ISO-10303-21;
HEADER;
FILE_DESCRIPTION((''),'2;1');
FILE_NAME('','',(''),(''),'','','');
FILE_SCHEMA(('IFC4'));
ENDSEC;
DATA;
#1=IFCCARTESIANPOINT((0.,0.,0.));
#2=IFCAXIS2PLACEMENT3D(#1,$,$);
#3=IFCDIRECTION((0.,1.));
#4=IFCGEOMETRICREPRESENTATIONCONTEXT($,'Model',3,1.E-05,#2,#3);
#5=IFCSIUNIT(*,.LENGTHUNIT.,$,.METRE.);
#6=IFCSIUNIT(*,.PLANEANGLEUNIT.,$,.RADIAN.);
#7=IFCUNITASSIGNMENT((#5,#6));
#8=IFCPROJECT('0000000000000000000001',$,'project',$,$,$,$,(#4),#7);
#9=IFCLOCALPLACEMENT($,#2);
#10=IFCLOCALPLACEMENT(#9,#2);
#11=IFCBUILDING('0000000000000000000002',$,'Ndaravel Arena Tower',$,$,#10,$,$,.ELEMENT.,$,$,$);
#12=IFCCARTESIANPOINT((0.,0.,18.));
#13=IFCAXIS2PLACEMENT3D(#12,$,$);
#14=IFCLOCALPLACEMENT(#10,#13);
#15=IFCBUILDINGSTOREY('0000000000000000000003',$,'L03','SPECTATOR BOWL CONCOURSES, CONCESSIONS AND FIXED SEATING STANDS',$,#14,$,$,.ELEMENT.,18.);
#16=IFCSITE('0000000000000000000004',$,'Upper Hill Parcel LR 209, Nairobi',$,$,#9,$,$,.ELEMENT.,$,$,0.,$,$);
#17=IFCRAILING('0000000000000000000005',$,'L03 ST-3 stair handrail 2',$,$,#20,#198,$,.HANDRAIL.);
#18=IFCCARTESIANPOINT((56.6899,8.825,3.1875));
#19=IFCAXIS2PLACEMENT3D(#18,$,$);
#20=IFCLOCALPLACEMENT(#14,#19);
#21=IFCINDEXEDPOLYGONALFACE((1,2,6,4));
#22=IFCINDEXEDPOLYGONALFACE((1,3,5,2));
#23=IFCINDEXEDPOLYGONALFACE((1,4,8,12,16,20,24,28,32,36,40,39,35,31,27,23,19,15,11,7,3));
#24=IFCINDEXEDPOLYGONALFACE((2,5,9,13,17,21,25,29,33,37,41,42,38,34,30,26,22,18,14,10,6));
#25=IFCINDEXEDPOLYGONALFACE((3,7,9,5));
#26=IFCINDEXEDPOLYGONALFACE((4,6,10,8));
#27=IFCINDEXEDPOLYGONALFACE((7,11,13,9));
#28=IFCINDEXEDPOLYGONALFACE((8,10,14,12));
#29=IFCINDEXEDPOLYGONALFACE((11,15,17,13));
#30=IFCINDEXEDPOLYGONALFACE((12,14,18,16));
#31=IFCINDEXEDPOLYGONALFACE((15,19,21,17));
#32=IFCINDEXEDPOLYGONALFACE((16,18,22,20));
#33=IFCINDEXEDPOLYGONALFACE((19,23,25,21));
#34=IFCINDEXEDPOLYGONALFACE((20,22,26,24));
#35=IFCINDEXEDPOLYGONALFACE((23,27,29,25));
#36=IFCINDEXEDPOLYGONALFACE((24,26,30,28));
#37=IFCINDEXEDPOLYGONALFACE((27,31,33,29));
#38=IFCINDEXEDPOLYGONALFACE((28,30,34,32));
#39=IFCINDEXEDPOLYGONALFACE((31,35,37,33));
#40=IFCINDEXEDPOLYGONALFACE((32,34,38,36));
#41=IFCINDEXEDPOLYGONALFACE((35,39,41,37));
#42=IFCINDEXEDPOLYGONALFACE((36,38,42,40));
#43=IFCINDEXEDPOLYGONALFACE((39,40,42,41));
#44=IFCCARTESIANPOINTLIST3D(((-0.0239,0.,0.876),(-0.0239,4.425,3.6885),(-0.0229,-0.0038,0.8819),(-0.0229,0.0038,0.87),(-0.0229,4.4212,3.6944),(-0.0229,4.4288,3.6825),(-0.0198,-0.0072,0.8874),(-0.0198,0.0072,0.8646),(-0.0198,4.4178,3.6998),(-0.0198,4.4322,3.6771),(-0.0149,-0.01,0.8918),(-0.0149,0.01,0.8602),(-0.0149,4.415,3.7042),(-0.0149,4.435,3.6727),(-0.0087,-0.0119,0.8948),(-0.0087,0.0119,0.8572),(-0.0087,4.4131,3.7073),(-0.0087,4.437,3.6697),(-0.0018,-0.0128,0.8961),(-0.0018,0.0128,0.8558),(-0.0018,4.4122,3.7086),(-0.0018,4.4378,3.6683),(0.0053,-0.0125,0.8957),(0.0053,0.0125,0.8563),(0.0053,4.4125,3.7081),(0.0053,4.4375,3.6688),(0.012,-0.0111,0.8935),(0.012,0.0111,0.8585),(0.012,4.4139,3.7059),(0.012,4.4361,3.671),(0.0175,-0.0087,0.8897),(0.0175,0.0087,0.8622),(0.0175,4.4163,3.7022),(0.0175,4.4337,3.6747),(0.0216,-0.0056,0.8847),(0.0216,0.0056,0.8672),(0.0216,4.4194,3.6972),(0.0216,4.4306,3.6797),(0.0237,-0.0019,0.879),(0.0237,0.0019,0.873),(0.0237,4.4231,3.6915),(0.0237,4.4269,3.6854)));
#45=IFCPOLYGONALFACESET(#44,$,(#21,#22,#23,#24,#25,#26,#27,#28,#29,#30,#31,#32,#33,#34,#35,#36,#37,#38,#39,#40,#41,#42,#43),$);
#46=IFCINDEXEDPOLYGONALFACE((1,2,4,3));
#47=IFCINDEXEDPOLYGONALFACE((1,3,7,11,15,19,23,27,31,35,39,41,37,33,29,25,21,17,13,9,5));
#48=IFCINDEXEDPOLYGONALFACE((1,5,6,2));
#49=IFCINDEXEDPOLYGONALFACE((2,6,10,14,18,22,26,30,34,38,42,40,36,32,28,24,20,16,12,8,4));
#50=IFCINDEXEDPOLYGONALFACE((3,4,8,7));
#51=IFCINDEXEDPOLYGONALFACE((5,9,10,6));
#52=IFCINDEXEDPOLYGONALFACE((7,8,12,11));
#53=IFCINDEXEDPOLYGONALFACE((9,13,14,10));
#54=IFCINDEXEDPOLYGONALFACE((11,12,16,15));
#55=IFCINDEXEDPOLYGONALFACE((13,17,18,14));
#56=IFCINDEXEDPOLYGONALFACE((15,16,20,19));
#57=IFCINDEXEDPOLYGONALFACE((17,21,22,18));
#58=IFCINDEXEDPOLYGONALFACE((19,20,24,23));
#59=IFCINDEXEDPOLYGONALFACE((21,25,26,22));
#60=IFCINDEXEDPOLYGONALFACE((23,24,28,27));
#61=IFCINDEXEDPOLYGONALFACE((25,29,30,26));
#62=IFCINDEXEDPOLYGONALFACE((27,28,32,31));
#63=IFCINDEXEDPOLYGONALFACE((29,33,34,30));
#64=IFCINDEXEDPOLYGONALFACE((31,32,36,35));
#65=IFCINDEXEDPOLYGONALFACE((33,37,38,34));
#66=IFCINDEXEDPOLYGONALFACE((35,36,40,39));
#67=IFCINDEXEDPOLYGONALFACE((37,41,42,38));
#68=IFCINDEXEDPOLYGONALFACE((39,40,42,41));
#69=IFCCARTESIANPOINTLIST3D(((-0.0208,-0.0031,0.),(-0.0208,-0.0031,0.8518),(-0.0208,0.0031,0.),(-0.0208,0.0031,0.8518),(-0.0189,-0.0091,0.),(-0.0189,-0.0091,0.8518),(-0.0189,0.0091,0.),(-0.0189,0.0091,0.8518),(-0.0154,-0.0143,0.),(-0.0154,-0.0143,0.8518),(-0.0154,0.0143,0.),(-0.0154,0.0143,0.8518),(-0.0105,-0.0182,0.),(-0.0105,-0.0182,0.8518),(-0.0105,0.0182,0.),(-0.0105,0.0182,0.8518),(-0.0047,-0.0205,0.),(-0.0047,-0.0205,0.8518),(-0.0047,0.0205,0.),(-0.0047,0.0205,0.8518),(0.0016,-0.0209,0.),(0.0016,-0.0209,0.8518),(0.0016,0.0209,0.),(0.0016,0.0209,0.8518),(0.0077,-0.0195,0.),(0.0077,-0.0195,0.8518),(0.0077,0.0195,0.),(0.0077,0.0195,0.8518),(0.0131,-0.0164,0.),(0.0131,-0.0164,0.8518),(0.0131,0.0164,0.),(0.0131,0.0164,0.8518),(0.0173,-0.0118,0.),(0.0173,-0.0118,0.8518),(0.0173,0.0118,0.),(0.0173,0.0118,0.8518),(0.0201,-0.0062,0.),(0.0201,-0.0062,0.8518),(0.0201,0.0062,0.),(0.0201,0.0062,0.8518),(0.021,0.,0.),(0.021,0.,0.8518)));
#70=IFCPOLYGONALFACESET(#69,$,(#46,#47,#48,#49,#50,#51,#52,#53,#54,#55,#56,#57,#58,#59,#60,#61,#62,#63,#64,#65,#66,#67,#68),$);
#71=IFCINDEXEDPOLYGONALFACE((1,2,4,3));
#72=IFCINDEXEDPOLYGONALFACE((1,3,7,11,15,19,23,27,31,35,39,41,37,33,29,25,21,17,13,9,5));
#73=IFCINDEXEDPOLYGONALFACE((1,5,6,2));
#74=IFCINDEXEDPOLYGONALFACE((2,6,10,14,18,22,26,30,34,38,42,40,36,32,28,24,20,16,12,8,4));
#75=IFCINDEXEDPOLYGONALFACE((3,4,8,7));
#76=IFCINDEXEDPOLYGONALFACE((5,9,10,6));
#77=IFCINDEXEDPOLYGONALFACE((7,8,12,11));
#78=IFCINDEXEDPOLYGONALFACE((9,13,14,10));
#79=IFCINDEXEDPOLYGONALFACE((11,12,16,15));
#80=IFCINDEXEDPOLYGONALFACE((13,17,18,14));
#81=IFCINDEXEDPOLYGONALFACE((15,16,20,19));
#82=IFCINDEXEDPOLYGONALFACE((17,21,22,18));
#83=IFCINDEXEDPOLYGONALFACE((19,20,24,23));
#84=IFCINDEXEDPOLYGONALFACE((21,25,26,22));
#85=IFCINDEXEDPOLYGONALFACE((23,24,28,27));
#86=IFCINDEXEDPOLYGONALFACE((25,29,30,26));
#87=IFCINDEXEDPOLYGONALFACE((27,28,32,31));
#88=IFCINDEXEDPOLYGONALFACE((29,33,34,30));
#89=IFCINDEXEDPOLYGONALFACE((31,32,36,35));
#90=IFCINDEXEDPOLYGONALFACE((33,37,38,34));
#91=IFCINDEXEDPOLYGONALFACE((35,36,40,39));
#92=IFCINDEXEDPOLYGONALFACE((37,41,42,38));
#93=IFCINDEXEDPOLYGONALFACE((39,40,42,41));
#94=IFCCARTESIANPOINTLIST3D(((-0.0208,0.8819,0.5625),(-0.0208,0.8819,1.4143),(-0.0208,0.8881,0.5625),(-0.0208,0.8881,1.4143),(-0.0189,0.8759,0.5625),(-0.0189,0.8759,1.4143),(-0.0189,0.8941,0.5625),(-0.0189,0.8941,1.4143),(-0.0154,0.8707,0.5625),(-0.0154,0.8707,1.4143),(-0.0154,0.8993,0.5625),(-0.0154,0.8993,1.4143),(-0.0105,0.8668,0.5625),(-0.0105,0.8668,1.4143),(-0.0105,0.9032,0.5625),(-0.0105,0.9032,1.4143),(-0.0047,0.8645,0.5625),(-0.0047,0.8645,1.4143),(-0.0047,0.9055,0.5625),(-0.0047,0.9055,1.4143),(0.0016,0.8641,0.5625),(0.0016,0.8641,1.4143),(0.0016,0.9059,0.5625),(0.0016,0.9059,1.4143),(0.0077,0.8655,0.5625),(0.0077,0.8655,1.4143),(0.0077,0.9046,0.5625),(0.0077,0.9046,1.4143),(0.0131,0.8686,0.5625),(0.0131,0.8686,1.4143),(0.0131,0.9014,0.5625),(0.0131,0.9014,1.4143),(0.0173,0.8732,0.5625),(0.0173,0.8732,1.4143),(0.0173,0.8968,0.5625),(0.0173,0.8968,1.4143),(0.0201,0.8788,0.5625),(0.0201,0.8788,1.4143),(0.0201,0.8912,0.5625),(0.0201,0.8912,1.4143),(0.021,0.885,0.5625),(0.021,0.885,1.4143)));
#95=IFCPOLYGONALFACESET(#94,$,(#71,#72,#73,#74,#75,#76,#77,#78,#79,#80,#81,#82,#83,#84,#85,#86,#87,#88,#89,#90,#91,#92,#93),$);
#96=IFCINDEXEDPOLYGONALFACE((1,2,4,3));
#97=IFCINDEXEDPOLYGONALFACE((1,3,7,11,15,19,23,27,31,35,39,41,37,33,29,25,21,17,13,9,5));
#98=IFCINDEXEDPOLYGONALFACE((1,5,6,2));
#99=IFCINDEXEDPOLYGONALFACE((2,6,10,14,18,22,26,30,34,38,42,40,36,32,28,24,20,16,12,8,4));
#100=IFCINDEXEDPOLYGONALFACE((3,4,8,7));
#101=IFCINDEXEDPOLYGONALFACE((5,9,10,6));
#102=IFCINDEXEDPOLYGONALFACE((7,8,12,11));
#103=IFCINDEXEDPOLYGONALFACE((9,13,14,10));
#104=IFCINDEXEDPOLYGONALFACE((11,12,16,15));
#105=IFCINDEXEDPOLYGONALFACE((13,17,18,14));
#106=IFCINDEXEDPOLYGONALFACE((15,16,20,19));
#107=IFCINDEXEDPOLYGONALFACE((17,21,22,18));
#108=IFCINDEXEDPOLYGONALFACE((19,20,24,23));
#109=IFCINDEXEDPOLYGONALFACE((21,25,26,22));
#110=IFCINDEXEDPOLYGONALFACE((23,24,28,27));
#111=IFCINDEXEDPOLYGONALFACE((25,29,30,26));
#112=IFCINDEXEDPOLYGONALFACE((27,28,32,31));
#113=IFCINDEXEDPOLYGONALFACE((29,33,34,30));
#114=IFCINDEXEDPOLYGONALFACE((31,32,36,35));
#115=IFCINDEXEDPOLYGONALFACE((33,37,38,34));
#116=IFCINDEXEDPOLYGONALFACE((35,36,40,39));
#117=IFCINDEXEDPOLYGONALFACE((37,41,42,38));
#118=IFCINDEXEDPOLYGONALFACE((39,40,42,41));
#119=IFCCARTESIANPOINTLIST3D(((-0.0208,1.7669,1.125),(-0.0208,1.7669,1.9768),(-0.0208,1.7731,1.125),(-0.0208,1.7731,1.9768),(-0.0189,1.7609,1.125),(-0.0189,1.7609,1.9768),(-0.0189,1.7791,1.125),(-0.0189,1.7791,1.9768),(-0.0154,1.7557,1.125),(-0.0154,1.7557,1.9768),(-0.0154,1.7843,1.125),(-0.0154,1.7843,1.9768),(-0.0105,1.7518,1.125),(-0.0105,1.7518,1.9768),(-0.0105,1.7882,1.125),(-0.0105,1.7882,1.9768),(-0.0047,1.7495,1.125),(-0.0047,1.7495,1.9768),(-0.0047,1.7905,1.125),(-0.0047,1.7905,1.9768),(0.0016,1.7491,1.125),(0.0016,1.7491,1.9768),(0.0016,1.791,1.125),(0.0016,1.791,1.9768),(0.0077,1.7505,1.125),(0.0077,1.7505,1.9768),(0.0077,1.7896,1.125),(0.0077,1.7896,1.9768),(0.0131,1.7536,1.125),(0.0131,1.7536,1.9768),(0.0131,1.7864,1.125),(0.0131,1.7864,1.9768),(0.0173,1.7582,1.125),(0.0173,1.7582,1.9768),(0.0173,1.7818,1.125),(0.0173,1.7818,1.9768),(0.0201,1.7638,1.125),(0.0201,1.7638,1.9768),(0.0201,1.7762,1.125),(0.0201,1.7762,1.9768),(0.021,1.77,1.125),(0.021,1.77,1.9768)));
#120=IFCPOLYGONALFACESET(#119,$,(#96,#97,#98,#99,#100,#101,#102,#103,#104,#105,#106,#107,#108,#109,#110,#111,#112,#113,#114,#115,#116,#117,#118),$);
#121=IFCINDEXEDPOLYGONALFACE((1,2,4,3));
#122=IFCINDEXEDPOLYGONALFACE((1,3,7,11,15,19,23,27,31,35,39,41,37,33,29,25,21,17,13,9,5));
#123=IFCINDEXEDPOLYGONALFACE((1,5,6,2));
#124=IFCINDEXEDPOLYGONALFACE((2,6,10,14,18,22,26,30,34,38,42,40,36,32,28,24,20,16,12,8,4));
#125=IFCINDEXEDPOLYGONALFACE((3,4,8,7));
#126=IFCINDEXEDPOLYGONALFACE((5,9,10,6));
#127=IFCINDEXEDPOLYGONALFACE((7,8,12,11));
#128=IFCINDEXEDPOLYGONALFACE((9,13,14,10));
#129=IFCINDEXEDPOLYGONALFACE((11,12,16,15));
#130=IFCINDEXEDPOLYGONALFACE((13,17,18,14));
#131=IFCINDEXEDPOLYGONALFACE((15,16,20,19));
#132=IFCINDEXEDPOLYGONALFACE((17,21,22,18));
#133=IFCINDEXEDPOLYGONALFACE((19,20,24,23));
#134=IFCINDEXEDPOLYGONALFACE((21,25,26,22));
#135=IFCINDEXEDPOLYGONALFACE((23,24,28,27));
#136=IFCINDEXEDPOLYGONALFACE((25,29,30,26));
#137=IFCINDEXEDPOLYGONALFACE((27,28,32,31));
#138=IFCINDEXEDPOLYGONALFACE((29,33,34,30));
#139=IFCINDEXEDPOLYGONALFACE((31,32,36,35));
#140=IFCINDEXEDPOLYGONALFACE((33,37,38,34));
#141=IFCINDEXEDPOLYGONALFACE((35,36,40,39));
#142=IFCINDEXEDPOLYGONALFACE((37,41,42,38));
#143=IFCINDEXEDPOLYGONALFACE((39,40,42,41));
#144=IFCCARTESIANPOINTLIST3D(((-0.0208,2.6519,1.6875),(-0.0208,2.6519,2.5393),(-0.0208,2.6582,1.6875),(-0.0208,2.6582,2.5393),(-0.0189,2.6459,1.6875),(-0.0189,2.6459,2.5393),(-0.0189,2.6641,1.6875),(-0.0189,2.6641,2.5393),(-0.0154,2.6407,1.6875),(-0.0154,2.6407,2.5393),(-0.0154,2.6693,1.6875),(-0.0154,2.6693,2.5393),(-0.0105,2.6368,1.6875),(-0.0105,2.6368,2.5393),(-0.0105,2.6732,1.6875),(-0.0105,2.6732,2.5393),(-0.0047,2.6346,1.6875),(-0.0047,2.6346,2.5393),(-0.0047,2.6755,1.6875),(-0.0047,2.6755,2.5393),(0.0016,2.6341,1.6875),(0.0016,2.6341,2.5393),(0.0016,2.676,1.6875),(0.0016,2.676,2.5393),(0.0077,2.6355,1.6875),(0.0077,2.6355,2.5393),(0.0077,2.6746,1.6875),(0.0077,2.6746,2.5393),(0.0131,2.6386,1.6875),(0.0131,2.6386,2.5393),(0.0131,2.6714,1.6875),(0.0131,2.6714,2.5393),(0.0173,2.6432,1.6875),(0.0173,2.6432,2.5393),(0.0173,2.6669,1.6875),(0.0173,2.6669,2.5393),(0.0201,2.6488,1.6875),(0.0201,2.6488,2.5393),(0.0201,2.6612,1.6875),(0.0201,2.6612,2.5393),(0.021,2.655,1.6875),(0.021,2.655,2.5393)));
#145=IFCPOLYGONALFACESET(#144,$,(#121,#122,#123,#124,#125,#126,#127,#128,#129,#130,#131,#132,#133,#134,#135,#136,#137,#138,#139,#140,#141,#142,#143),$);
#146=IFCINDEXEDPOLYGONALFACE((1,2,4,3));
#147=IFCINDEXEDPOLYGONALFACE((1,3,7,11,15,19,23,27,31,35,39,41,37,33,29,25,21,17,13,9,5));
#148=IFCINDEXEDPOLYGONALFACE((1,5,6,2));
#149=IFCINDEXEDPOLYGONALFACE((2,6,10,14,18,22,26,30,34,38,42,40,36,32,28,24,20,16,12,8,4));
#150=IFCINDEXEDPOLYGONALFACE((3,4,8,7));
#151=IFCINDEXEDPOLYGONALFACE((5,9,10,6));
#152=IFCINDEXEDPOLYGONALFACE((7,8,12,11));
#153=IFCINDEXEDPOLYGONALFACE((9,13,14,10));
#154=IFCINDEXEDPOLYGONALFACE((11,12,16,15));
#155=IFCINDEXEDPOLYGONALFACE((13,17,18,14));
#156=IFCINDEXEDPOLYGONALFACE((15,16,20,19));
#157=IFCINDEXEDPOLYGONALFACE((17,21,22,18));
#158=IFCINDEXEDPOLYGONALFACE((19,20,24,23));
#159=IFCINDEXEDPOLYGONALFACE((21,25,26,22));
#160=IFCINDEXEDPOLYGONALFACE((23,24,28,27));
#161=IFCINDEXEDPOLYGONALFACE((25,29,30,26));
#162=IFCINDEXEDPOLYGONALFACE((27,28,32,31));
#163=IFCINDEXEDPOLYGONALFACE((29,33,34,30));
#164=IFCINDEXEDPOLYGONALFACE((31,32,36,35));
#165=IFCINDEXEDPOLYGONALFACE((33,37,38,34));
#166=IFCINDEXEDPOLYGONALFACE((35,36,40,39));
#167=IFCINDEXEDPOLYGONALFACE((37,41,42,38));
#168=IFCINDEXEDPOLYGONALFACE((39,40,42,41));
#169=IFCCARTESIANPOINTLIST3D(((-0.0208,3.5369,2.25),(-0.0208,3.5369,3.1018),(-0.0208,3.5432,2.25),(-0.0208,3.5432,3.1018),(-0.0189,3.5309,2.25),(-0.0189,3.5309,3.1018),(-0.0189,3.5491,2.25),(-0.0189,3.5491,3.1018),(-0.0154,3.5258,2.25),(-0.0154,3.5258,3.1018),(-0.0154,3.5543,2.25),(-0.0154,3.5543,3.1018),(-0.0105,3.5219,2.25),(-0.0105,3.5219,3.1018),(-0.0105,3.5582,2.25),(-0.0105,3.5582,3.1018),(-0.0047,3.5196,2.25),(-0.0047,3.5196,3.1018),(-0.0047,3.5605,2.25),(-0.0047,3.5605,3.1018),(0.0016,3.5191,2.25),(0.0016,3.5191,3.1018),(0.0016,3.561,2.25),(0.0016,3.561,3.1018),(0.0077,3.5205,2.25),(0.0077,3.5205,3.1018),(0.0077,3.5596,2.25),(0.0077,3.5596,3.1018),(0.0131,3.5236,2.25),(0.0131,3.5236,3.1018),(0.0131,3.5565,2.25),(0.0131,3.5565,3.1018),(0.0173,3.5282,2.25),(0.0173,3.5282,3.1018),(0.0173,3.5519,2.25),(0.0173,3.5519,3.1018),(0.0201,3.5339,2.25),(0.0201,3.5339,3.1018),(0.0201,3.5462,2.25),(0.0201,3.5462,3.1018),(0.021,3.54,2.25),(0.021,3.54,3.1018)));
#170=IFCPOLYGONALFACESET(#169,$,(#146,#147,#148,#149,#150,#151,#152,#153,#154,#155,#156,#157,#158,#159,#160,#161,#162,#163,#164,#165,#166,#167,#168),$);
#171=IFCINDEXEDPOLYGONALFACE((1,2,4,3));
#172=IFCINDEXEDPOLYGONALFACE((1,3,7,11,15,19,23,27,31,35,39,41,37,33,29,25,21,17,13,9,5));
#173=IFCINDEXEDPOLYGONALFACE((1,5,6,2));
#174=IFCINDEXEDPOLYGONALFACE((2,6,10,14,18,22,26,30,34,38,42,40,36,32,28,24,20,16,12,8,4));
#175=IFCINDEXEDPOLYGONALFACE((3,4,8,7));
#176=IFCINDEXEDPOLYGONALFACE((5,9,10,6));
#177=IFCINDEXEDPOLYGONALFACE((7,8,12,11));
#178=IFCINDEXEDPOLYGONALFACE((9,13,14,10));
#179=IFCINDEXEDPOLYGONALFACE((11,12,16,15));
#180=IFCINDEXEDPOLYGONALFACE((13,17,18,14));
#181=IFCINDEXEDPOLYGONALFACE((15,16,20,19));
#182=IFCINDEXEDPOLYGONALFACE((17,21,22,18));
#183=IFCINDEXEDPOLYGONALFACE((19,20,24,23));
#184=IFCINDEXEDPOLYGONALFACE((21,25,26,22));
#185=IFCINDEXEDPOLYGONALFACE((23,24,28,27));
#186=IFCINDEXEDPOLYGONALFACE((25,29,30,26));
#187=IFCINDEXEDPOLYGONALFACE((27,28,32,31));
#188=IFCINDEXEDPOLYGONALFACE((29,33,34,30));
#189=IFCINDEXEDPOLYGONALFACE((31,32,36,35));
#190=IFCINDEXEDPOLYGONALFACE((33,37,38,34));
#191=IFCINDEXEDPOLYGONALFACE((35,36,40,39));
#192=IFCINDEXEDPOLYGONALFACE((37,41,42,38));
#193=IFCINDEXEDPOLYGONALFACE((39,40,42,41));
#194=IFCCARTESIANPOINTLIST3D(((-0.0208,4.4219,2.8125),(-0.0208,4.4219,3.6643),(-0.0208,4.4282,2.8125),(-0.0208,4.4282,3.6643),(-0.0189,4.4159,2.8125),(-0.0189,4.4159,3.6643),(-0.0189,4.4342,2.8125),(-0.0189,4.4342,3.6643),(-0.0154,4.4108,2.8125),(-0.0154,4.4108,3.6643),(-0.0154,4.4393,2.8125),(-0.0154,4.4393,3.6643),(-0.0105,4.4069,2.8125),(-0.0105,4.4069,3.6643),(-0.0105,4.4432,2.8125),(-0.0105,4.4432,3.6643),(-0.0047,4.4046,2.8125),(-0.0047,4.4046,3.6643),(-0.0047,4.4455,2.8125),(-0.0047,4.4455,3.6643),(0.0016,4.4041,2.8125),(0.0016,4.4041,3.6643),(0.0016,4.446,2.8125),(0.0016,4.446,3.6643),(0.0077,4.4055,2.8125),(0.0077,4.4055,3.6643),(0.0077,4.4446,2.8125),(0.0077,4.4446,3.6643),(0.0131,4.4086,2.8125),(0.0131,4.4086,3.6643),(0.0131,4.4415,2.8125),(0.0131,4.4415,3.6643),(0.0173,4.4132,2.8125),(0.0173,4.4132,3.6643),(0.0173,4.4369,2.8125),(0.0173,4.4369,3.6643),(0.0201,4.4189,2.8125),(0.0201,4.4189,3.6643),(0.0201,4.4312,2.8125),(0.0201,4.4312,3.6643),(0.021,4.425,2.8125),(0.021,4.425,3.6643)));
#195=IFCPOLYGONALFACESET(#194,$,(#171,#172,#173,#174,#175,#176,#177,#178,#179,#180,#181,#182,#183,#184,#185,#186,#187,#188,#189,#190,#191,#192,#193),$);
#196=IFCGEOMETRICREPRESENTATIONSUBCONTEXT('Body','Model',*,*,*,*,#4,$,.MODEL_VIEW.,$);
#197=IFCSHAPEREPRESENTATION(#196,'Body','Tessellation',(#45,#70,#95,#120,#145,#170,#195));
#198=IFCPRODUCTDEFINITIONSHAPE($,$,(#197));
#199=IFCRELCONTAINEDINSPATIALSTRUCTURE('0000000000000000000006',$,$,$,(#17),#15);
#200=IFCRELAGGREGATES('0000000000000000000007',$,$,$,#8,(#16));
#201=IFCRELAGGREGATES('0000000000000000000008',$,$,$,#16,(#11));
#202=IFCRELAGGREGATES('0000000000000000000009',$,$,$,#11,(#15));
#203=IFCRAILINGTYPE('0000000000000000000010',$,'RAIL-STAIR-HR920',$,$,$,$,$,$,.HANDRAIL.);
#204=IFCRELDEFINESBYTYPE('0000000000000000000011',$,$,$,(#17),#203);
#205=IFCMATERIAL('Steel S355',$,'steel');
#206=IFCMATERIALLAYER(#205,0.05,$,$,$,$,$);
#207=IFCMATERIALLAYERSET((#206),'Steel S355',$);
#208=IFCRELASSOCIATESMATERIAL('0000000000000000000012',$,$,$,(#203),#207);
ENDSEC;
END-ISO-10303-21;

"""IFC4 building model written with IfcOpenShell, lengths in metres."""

from ifc_helpers import new_model, si_unit, direction, frame, origin, origin_2d, place, context, subcontext, project, spatial, circle, extrude, material, layer, layer_set, type_object, element, save


model = new_model("IFC4")

# Units and contexts
model_context = context("Model", 3, precision=1e-05, world=origin(), true_north=direction((0.0, 1.0)))
body_context = subcontext(model_context, "Body", "Model", "MODEL_VIEW")
ifc_project = project(units=[si_unit("LENGTHUNIT", "METRE"), si_unit("PLANEANGLEUNIT", "RADIAN")], contexts=[model_context])

# Site, building, storey
site_placement = place(None, origin())
site = spatial("IfcSite", under=ifc_project, at=site_placement, Name="Upper Hill Parcel LR 209, Nairobi", CompositionType="ELEMENT", RefElevation=0.0)
building_placement = place(site_placement, origin())
building = spatial("IfcBuilding", under=site, at=building_placement, Name="Ndaravel Arena Tower", CompositionType="ELEMENT")
storey_placement = place(building_placement, frame((0.0, 0.0, 18.0)))
storey = spatial("IfcBuildingStorey", under=building, at=storey_placement, Name="L03", Description="SPECTATOR BOWL CONCOURSES, CONCESSIONS AND FIXED SEATING STANDS", CompositionType="ELEMENT", Elevation=18.0)

# Railing
ifc_material_1 = material(Name="Steel S355", Category="steel")
ifc_layer_1 = layer(ifc_material_1, 0.05)
ifc_layer_set_1 = layer_set([ifc_layer_1], Name="Steel S355")
railing_type_1 = type_object("IfcRailingType", Name="RAIL-STAIR-HR920", PredefinedType="HANDRAIL", material=ifc_layer_set_1)
railing_1_placement = place(storey_placement, frame((56.6899, 8.825, 3.1875)))
element("IfcRailing", 1, at=railing_1_placement, inside=storey, type_object=railing_type_1, Name="L03 ST-3 stair handrail 2", PredefinedType="HANDRAIL", context=body_context, shape_type="SweptSolid", body=[
    extrude(circle(Radius=0.0239, at=origin_2d()), frame((0.0, 0.0, 0.876), z_axis=(0.0, 0.843959, 0.536408), x_axis=(-1.0, 0.0, 0.0)), (0.0, 0.0, 1.0), 5.2432),
    extrude(circle(Radius=0.021, at=origin_2d()), origin(), (0.0, 0.0, 1.0), 0.8518),
    extrude(circle(Radius=0.021, at=origin_2d()), frame((0.0, 0.885, 0.5625)), (0.0, 0.0, 1.0), 0.8518),
    extrude(circle(Radius=0.021, at=origin_2d()), frame((0.0, 1.77, 1.125)), (0.0, 0.0, 1.0), 0.8518),
    extrude(circle(Radius=0.021, at=origin_2d()), frame((0.0, 2.655, 1.6875)), (0.0, 0.0, 1.0), 0.8518),
    extrude(circle(Radius=0.021, at=origin_2d()), frame((0.0, 3.54, 2.25)), (0.0, 0.0, 1.0), 0.8518),
    extrude(circle(Radius=0.021, at=origin_2d()), frame((0.0, 4.425, 2.8125)), (0.0, 0.0, 1.0), 0.8518),
])

save(model, "model.ifc")
